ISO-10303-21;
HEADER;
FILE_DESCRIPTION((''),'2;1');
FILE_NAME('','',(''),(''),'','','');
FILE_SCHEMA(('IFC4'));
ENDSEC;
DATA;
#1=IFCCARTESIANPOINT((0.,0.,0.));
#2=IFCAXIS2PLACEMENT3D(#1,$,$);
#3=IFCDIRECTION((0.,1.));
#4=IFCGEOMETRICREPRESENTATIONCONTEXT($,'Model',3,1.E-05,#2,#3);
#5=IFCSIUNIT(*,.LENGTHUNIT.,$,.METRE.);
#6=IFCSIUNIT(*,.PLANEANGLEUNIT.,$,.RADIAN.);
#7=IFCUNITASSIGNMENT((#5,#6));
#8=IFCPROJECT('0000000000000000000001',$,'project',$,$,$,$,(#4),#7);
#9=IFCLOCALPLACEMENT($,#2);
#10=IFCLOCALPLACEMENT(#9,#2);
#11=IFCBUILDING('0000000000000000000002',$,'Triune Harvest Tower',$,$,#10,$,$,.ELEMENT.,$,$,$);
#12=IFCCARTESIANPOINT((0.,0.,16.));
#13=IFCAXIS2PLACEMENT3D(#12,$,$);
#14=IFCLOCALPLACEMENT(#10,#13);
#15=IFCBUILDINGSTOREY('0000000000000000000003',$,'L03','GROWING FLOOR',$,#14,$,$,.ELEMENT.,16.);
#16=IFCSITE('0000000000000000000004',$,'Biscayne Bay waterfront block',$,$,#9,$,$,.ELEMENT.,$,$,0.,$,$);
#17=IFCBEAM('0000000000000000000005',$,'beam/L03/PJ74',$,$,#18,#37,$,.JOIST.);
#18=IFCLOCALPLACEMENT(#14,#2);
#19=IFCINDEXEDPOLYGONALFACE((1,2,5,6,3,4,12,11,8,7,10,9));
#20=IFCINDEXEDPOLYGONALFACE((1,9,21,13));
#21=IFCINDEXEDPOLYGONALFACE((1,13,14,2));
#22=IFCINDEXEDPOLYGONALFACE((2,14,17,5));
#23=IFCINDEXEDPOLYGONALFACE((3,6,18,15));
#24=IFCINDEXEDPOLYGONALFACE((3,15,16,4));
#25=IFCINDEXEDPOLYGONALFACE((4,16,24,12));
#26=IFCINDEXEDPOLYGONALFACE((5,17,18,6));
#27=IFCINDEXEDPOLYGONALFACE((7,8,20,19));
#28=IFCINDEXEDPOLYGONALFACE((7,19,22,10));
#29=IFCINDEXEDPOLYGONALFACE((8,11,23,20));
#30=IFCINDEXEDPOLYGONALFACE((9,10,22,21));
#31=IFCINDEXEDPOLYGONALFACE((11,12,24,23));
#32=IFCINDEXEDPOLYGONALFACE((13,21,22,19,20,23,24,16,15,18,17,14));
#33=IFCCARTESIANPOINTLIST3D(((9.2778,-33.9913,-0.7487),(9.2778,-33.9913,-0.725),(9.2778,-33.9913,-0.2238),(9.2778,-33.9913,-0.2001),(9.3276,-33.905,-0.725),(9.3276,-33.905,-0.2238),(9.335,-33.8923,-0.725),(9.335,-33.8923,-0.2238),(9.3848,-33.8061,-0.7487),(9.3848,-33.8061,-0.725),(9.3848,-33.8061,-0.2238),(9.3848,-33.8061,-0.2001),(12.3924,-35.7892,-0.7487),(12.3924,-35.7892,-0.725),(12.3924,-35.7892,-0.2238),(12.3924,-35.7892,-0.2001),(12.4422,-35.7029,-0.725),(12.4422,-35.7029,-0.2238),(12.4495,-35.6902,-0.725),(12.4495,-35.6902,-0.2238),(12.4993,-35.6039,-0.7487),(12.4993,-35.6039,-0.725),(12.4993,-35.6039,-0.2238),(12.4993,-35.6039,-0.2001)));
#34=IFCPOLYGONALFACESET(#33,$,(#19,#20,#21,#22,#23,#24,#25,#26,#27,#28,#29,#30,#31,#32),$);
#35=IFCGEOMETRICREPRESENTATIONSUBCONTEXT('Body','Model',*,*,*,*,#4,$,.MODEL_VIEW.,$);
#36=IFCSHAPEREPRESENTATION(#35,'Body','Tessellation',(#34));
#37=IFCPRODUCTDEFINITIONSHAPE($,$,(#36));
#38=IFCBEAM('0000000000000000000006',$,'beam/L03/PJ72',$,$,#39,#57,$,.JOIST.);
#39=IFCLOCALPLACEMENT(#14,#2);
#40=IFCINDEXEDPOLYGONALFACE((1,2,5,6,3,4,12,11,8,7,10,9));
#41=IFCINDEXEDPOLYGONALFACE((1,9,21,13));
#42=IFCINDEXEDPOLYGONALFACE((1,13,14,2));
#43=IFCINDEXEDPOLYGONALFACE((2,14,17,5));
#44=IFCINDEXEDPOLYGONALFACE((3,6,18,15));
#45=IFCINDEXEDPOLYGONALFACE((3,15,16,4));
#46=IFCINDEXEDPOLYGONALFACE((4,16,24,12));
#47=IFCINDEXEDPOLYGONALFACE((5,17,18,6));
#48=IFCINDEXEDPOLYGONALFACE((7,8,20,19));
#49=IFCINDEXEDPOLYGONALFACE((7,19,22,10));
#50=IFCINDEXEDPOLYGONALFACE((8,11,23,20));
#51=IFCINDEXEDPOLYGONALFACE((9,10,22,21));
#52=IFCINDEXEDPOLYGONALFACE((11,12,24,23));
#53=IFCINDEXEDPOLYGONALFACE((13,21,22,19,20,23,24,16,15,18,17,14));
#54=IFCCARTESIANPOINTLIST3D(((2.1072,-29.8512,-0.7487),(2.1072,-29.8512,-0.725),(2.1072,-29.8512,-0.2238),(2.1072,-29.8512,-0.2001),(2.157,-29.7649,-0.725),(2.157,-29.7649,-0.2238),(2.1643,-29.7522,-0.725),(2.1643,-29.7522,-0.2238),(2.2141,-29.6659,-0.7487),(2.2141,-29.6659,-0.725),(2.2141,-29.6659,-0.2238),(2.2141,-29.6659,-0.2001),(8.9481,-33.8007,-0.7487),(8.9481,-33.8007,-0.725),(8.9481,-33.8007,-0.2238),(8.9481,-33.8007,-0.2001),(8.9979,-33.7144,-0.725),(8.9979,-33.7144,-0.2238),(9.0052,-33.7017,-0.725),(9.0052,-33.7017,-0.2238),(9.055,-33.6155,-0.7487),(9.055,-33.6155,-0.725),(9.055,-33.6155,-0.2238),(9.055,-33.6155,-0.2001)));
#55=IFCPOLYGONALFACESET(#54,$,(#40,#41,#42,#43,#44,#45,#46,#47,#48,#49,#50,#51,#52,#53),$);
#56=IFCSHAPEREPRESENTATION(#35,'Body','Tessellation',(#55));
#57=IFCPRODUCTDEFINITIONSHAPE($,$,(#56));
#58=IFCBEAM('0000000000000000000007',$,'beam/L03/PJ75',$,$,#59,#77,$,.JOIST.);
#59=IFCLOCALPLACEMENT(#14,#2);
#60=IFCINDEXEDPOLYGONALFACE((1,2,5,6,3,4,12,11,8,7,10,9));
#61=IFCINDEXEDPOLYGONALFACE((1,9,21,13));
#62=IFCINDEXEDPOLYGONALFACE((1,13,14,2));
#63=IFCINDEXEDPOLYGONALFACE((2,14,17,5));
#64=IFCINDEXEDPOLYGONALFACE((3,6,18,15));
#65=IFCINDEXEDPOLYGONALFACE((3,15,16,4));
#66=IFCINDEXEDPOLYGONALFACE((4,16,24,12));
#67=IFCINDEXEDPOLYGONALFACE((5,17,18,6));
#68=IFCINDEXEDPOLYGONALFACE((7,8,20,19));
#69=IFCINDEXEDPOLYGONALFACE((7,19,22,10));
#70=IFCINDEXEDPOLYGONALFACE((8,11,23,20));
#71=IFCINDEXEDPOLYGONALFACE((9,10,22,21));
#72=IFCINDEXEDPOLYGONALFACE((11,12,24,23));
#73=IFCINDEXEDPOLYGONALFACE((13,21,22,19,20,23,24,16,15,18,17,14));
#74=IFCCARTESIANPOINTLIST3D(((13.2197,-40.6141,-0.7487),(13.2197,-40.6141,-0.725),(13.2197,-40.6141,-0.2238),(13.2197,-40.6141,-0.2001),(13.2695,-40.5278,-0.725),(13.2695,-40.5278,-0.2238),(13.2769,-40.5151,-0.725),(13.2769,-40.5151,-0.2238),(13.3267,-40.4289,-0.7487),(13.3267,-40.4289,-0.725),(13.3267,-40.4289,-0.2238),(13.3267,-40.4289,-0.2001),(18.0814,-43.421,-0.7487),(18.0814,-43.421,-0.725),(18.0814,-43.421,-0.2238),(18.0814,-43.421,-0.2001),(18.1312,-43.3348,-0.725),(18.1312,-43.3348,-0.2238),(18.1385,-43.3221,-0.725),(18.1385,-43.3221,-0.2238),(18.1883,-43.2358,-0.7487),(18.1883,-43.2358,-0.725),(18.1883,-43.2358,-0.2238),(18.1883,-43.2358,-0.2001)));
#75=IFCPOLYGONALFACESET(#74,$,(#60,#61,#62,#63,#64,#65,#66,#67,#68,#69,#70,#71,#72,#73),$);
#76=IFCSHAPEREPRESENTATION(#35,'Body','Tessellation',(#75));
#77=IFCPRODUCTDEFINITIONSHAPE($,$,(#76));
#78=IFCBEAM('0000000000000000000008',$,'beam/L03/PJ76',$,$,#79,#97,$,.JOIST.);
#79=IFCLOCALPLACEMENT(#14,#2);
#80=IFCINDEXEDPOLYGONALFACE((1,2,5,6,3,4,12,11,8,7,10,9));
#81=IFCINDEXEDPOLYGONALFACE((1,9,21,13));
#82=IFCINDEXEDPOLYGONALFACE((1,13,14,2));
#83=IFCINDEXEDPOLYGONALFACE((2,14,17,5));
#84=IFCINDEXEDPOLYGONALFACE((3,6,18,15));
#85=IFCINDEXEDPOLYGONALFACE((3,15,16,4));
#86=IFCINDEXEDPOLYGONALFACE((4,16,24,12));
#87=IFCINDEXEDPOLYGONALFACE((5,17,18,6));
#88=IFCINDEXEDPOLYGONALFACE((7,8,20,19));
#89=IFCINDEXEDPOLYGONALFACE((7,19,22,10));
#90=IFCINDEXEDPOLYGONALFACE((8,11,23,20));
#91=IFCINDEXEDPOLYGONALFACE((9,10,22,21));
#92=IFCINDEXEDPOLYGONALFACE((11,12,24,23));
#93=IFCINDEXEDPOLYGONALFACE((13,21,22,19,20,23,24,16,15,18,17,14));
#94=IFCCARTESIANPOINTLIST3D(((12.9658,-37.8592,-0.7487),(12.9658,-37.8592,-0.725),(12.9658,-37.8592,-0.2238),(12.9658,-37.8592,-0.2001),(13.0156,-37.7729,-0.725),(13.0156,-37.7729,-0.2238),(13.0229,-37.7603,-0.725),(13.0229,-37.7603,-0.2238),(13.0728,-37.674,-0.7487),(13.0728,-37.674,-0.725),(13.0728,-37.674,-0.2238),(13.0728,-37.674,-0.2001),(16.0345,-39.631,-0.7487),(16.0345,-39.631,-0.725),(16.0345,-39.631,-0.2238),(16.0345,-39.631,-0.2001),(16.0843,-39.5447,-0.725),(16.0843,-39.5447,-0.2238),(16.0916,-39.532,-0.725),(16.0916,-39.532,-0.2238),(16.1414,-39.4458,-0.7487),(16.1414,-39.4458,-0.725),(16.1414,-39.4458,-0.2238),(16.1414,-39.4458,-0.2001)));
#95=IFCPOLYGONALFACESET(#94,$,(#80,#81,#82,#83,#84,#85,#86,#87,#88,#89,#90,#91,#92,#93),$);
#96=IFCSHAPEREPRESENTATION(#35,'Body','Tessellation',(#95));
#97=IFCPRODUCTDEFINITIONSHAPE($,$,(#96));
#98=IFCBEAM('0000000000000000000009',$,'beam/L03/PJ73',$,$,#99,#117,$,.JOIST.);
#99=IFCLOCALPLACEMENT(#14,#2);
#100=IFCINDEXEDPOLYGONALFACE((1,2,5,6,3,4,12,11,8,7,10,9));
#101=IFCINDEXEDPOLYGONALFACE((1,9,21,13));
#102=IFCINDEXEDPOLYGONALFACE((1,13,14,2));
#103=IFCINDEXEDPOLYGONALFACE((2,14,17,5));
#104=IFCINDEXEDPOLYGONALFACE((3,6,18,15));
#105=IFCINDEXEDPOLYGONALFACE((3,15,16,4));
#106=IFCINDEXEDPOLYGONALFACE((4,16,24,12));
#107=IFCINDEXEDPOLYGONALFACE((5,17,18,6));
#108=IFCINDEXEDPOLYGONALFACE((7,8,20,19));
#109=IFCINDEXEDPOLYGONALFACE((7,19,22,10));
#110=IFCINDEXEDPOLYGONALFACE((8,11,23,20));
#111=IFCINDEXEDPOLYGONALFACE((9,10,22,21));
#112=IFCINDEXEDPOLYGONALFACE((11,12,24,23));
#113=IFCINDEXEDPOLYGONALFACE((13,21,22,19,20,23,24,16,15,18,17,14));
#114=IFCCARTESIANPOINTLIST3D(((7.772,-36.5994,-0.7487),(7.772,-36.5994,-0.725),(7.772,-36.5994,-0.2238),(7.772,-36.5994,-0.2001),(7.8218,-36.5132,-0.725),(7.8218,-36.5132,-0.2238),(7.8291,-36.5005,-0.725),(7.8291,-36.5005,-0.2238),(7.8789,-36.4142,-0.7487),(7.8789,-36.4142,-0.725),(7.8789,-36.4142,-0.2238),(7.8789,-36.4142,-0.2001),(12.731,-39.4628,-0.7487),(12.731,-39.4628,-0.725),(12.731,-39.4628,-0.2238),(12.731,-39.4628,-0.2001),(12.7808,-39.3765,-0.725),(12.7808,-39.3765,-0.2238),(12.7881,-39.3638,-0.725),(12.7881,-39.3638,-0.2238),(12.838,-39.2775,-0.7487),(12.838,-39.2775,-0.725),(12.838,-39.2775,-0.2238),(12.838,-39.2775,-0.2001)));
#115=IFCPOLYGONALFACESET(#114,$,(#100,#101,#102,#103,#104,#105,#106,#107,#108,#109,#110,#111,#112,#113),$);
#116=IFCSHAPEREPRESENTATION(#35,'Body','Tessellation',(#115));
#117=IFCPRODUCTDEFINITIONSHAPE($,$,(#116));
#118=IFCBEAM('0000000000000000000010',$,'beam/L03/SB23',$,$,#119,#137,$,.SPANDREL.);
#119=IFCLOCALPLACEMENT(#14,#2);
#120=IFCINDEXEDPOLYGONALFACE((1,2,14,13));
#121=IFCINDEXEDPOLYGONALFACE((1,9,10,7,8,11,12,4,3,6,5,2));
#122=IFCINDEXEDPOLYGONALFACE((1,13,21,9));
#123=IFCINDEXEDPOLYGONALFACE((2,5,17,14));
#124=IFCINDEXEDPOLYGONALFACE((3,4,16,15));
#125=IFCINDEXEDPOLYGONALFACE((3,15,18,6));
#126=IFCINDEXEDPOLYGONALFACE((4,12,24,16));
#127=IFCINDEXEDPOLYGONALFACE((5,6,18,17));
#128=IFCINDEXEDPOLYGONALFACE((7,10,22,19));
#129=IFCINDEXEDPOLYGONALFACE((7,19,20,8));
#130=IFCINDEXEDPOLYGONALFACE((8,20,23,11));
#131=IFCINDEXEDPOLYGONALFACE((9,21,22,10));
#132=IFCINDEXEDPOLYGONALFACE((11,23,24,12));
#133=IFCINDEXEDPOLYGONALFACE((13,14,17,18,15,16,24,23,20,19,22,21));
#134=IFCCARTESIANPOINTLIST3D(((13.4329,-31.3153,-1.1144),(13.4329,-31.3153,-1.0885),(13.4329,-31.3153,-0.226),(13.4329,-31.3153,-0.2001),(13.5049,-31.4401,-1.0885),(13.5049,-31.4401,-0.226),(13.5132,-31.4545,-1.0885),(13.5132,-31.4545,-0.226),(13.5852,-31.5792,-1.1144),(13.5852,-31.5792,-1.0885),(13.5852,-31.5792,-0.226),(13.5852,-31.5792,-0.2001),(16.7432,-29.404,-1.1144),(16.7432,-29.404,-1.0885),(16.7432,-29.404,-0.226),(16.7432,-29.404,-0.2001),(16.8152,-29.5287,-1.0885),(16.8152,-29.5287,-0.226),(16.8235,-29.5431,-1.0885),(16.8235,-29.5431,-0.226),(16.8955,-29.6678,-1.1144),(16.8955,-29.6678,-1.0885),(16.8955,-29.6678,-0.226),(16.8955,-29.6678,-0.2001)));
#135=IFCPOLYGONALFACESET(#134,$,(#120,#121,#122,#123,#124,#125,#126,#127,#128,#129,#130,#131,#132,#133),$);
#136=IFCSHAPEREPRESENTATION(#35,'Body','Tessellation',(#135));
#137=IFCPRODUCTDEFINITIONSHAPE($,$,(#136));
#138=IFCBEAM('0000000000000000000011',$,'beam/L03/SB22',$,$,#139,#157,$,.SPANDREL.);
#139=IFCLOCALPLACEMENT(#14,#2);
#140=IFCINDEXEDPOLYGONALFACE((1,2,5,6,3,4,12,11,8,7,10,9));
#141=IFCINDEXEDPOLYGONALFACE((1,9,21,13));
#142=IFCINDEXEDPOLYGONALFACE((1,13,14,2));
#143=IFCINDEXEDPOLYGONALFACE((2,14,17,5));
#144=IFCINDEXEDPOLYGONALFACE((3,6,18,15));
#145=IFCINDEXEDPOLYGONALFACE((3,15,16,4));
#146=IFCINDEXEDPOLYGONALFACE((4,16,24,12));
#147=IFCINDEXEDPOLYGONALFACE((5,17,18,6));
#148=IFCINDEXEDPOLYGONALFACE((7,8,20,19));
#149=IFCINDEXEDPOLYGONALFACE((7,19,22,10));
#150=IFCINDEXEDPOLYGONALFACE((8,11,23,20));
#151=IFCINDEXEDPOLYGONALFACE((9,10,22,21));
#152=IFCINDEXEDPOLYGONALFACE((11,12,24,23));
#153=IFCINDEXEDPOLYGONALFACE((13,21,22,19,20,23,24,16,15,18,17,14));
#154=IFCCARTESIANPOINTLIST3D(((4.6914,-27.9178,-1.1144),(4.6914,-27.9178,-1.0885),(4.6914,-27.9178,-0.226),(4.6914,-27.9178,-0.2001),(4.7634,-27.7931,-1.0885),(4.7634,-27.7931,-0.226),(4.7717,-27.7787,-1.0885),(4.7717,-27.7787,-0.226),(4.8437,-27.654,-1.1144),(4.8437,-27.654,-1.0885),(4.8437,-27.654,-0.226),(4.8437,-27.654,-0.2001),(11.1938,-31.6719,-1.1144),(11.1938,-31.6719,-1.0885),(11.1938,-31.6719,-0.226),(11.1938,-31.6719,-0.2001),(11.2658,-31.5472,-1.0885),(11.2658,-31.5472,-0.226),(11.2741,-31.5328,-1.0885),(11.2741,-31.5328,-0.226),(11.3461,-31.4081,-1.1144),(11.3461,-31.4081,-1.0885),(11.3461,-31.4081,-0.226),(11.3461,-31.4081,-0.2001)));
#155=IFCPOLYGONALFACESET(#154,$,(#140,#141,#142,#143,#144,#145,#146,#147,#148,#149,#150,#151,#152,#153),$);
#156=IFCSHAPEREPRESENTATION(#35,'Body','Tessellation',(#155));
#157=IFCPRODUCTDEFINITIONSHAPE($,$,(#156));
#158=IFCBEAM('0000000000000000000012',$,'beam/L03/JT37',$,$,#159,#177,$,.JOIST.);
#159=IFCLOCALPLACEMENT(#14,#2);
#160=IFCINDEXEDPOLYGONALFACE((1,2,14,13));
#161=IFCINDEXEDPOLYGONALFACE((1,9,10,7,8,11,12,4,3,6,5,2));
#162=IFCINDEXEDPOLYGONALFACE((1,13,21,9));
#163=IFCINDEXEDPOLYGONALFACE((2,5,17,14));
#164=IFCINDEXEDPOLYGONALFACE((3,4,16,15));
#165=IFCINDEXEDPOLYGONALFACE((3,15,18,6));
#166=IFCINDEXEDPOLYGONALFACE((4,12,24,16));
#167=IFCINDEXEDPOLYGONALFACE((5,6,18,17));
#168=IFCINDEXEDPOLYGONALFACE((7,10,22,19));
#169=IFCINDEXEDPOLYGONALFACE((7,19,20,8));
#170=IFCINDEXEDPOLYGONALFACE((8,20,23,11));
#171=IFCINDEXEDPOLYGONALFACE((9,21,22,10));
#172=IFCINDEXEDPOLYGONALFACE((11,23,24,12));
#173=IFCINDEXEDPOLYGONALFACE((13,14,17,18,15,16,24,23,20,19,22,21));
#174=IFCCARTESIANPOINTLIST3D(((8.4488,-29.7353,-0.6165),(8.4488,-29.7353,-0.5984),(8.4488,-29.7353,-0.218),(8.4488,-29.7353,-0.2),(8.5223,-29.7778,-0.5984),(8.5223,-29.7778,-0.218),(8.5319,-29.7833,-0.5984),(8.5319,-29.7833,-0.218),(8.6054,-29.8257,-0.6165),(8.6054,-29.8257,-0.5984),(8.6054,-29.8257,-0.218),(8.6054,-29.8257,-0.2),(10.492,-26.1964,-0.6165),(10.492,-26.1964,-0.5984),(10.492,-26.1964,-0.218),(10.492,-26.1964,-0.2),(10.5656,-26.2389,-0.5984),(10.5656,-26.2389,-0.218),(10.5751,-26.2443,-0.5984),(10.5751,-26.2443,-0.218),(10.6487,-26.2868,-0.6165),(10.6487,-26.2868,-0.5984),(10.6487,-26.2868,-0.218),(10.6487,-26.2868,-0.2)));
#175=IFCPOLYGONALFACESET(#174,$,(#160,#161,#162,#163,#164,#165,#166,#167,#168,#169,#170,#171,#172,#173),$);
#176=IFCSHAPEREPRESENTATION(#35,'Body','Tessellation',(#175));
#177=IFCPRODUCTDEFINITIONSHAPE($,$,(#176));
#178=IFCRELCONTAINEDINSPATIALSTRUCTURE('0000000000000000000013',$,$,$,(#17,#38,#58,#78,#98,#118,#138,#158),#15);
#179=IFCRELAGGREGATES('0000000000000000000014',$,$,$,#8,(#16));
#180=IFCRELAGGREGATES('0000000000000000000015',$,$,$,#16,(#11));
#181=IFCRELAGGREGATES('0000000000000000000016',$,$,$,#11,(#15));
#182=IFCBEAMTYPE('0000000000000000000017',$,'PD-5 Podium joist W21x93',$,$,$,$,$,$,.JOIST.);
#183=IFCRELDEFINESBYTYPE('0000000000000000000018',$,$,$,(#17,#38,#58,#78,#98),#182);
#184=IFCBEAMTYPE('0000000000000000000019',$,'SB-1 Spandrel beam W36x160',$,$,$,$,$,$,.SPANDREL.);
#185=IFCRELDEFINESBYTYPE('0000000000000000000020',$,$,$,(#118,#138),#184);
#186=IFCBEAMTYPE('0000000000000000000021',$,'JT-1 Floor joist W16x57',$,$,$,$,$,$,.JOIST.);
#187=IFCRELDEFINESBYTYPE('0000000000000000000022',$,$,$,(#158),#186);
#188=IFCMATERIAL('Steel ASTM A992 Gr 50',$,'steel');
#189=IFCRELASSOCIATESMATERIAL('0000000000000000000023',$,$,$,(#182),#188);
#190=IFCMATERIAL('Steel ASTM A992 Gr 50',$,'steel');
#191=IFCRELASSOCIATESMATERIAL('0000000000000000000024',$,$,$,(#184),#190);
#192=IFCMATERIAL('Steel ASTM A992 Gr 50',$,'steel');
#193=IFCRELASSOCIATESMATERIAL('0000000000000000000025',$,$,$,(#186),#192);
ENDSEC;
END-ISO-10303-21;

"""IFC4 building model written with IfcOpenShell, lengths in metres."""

from ifc_helpers import new_model, si_unit, direction, frame, origin, origin_2d, place, context, subcontext, project, spatial, i_section, extrude, source, transform, mapped, material, material_profile, profile_set, type_object, element, save


model = new_model("IFC4")

# Units and contexts
model_context = context("Model", 3, precision=1e-05, world=origin(), true_north=direction((0.0, 1.0)))
body_context = subcontext(model_context, "Body", "Model", "MODEL_VIEW")
ifc_project = project(units=[si_unit("LENGTHUNIT", "METRE"), si_unit("PLANEANGLEUNIT", "RADIAN")], contexts=[model_context])

# Site, building, storey
site_placement = place(None, origin())
site = spatial("IfcSite", under=ifc_project, at=site_placement, Name="Biscayne Bay waterfront block", CompositionType="ELEMENT", RefElevation=0.0)
building_placement = place(site_placement, origin())
building = spatial("IfcBuilding", under=site, at=building_placement, Name="Triune Harvest Tower", CompositionType="ELEMENT")
storey_placement = place(building_placement, frame((0.0, 0.0, 16.0)))
storey = spatial("IfcBuildingStorey", under=building, at=storey_placement, Name="L03", Description="GROWING FLOOR", CompositionType="ELEMENT", Elevation=16.0)

# Beams
ifc_material_1 = material(Name="Steel ASTM A992 Gr 50", Category="steel")
ifc_material_profile_1 = material_profile(ifc_material_1, i_section(OverallWidth=0.2139, OverallDepth=0.5486, WebThickness=0.0146, FlangeThickness=0.0237, at=origin_2d()), Name="W21x93")
ifc_profile_set_1 = profile_set([ifc_material_profile_1], Name="Steel ASTM A992 Gr 50")
beam_type_1 = type_object("IfcBeamType", Name="PD-5 Podium joist W21x93", PredefinedType="JOIST", material=ifc_profile_set_1)
shared_shape_1 = source(origin(), body_context, "Body", "SweptSolid", [
    extrude(i_section(OverallWidth=0.2139, OverallDepth=0.5486, WebThickness=0.0146, FlangeThickness=0.0237, at=origin_2d()), origin(), (0.0, 0.0, 1.0), 3.5962),
])
beam_1_placement = place(storey_placement, frame((9.3313, -33.8987, -0.4744), z_axis=(0.866062, -0.499936, 0.0), x_axis=(0.499936, 0.866062, 0.0)))
element("IfcBeam", 1, at=beam_1_placement, inside=storey, type_object=beam_type_1, Name="beam/L03/PJ74", PredefinedType="JOIST", context=body_context, shape_type="MappedRepresentation", body=[
    mapped(shared_shape_1, transform((0.0, 0.0, 0.0), scale=1.0)),
])
shared_shape_2 = source(origin(), body_context, "Body", "SweptSolid", [
    extrude(i_section(OverallWidth=0.2139, OverallDepth=0.5486, WebThickness=0.0146, FlangeThickness=0.0237, at=origin_2d()), origin(), (0.0, 0.0, 1.0), 7.8992),
])
beam_2_placement = place(storey_placement, frame((2.1606, -29.7585, -0.4744), z_axis=(0.86603, -0.499992, 0.0), x_axis=(0.499992, 0.86603, 0.0)))
element("IfcBeam", 2, at=beam_2_placement, inside=storey, type_object=beam_type_1, Name="beam/L03/PJ72", PredefinedType="JOIST", context=body_context, shape_type="MappedRepresentation", body=[
    mapped(shared_shape_2, transform((0.0, 0.0, 0.0), scale=1.0)),
])
shared_shape_3 = source(origin(), body_context, "Body", "SweptSolid", [
    extrude(i_section(OverallWidth=0.2139, OverallDepth=0.5486, WebThickness=0.0146, FlangeThickness=0.0237, at=origin_2d()), origin(), (0.0, 0.0, 1.0), 5.6138),
])
beam_3_placement = place(storey_placement, frame((13.2732, -40.5215, -0.4744), z_axis=(0.866021, -0.500007, 0.0), x_axis=(0.500007, 0.866021, 0.0)))
element("IfcBeam", 3, at=beam_3_placement, inside=storey, type_object=beam_type_1, Name="beam/L03/PJ75", PredefinedType="JOIST", context=body_context, shape_type="MappedRepresentation", body=[
    mapped(shared_shape_3, transform((0.0, 0.0, 0.0), scale=1.0)),
])
shared_shape_4 = source(origin(), body_context, "Body", "SweptSolid", [
    extrude(i_section(OverallWidth=0.2139, OverallDepth=0.5486, WebThickness=0.0146, FlangeThickness=0.0237, at=origin_2d()), origin(), (0.0, 0.0, 1.0), 3.5435),
])
beam_4_placement = place(storey_placement, frame((13.0193, -37.7666, -0.4744), z_axis=(0.866017, -0.500015, 0.0), x_axis=(0.500015, 0.866017, 0.0)))
element("IfcBeam", 4, at=beam_4_placement, inside=storey, type_object=beam_type_1, Name="beam/L03/PJ76", PredefinedType="JOIST", context=body_context, shape_type="MappedRepresentation", body=[
    mapped(shared_shape_4, transform((0.0, 0.0, 0.0), scale=1.0)),
])
shared_shape_5 = source(origin(), body_context, "Body", "SweptSolid", [
    extrude(i_section(OverallWidth=0.2139, OverallDepth=0.5486, WebThickness=0.0146, FlangeThickness=0.0237, at=origin_2d()), origin(), (0.0, 0.0, 1.0), 5.7263),
])
beam_5_placement = place(storey_placement, frame((7.8254, -36.5068, -0.4744), z_axis=(0.86601, -0.500028, 0.0), x_axis=(0.500028, 0.86601, 0.0)))
element("IfcBeam", 5, at=beam_5_placement, inside=storey, type_object=beam_type_1, Name="beam/L03/PJ73", PredefinedType="JOIST", context=body_context, shape_type="MappedRepresentation", body=[
    mapped(shared_shape_5, transform((0.0, 0.0, 0.0), scale=1.0)),
])
ifc_material_2 = material(Name="Steel ASTM A992 Gr 50", Category="steel")
ifc_material_profile_2 = material_profile(ifc_material_2, i_section(OverallWidth=0.3047, OverallDepth=0.9143, WebThickness=0.0166, FlangeThickness=0.0259, at=origin_2d()), Name="W36x160")
ifc_profile_set_2 = profile_set([ifc_material_profile_2], Name="Steel ASTM A992 Gr 50")
beam_type_2 = type_object("IfcBeamType", Name="SB-1 Spandrel beam W36x160", PredefinedType="SPANDREL", material=ifc_profile_set_2)
shared_shape_6 = source(origin(), body_context, "Body", "SweptSolid", [
    extrude(i_section(OverallWidth=0.3047, OverallDepth=0.9143, WebThickness=0.0166, FlangeThickness=0.0259, at=origin_2d()), origin(), (0.0, 0.0, 1.0), 3.8225),
])
beam_6_placement = place(storey_placement, frame((13.509, -31.4473, -0.6572), z_axis=(0.866006, 0.500034, 0.0), x_axis=(-0.500034, 0.866006, 0.0)))
element("IfcBeam", 6, at=beam_6_placement, inside=storey, type_object=beam_type_2, Name="beam/L03/SB23", PredefinedType="SPANDREL", context=body_context, shape_type="MappedRepresentation", body=[
    mapped(shared_shape_6, transform((0.0, 0.0, 0.0), scale=1.0)),
])
shared_shape_7 = source(origin(), body_context, "Body", "SweptSolid", [
    extrude(i_section(OverallWidth=0.3047, OverallDepth=0.9143, WebThickness=0.0166, FlangeThickness=0.0259, at=origin_2d()), origin(), (0.0, 0.0, 1.0), 7.5083),
])
beam_7_placement = place(storey_placement, frame((4.7676, -27.7859, -0.6572), z_axis=(0.866027, -0.499996, 0.0), x_axis=(0.499996, 0.866027, 0.0)))
element("IfcBeam", 7, at=beam_7_placement, inside=storey, type_object=beam_type_2, Name="beam/L03/SB22", PredefinedType="SPANDREL", context=body_context, shape_type="MappedRepresentation", body=[
    mapped(shared_shape_7, transform((0.0, 0.0, 0.0), scale=1.0)),
])
ifc_material_3 = material(Name="Steel ASTM A992 Gr 50", Category="steel")
ifc_material_profile_3 = material_profile(ifc_material_3, i_section(OverallWidth=0.1809, OverallDepth=0.4165, WebThickness=0.011, FlangeThickness=0.0181, at=origin_2d()), Name="W16x57")
ifc_profile_set_3 = profile_set([ifc_material_profile_3], Name="Steel ASTM A992 Gr 50")
beam_type_3 = type_object("IfcBeamType", Name="JT-1 Floor joist W16x57", PredefinedType="JOIST", material=ifc_profile_set_3)
shared_shape_8 = source(origin(), body_context, "Body", "SweptSolid", [
    extrude(i_section(OverallWidth=0.1809, OverallDepth=0.4165, WebThickness=0.011, FlangeThickness=0.0181, at=origin_2d()), origin(), (0.0, 0.0, 1.0), 4.0864),
])
beam_8_placement = place(storey_placement, frame((8.5271, -29.7805, -0.4082), z_axis=(0.500014, 0.866017, 0.0), x_axis=(-0.866017, 0.500014, 0.0)))
element("IfcBeam", 8, at=beam_8_placement, inside=storey, type_object=beam_type_3, Name="beam/L03/JT37", PredefinedType="JOIST", context=body_context, shape_type="MappedRepresentation", body=[
    mapped(shared_shape_8, transform((0.0, 0.0, 0.0), scale=1.0)),
])

save(model, "model.ifc")
